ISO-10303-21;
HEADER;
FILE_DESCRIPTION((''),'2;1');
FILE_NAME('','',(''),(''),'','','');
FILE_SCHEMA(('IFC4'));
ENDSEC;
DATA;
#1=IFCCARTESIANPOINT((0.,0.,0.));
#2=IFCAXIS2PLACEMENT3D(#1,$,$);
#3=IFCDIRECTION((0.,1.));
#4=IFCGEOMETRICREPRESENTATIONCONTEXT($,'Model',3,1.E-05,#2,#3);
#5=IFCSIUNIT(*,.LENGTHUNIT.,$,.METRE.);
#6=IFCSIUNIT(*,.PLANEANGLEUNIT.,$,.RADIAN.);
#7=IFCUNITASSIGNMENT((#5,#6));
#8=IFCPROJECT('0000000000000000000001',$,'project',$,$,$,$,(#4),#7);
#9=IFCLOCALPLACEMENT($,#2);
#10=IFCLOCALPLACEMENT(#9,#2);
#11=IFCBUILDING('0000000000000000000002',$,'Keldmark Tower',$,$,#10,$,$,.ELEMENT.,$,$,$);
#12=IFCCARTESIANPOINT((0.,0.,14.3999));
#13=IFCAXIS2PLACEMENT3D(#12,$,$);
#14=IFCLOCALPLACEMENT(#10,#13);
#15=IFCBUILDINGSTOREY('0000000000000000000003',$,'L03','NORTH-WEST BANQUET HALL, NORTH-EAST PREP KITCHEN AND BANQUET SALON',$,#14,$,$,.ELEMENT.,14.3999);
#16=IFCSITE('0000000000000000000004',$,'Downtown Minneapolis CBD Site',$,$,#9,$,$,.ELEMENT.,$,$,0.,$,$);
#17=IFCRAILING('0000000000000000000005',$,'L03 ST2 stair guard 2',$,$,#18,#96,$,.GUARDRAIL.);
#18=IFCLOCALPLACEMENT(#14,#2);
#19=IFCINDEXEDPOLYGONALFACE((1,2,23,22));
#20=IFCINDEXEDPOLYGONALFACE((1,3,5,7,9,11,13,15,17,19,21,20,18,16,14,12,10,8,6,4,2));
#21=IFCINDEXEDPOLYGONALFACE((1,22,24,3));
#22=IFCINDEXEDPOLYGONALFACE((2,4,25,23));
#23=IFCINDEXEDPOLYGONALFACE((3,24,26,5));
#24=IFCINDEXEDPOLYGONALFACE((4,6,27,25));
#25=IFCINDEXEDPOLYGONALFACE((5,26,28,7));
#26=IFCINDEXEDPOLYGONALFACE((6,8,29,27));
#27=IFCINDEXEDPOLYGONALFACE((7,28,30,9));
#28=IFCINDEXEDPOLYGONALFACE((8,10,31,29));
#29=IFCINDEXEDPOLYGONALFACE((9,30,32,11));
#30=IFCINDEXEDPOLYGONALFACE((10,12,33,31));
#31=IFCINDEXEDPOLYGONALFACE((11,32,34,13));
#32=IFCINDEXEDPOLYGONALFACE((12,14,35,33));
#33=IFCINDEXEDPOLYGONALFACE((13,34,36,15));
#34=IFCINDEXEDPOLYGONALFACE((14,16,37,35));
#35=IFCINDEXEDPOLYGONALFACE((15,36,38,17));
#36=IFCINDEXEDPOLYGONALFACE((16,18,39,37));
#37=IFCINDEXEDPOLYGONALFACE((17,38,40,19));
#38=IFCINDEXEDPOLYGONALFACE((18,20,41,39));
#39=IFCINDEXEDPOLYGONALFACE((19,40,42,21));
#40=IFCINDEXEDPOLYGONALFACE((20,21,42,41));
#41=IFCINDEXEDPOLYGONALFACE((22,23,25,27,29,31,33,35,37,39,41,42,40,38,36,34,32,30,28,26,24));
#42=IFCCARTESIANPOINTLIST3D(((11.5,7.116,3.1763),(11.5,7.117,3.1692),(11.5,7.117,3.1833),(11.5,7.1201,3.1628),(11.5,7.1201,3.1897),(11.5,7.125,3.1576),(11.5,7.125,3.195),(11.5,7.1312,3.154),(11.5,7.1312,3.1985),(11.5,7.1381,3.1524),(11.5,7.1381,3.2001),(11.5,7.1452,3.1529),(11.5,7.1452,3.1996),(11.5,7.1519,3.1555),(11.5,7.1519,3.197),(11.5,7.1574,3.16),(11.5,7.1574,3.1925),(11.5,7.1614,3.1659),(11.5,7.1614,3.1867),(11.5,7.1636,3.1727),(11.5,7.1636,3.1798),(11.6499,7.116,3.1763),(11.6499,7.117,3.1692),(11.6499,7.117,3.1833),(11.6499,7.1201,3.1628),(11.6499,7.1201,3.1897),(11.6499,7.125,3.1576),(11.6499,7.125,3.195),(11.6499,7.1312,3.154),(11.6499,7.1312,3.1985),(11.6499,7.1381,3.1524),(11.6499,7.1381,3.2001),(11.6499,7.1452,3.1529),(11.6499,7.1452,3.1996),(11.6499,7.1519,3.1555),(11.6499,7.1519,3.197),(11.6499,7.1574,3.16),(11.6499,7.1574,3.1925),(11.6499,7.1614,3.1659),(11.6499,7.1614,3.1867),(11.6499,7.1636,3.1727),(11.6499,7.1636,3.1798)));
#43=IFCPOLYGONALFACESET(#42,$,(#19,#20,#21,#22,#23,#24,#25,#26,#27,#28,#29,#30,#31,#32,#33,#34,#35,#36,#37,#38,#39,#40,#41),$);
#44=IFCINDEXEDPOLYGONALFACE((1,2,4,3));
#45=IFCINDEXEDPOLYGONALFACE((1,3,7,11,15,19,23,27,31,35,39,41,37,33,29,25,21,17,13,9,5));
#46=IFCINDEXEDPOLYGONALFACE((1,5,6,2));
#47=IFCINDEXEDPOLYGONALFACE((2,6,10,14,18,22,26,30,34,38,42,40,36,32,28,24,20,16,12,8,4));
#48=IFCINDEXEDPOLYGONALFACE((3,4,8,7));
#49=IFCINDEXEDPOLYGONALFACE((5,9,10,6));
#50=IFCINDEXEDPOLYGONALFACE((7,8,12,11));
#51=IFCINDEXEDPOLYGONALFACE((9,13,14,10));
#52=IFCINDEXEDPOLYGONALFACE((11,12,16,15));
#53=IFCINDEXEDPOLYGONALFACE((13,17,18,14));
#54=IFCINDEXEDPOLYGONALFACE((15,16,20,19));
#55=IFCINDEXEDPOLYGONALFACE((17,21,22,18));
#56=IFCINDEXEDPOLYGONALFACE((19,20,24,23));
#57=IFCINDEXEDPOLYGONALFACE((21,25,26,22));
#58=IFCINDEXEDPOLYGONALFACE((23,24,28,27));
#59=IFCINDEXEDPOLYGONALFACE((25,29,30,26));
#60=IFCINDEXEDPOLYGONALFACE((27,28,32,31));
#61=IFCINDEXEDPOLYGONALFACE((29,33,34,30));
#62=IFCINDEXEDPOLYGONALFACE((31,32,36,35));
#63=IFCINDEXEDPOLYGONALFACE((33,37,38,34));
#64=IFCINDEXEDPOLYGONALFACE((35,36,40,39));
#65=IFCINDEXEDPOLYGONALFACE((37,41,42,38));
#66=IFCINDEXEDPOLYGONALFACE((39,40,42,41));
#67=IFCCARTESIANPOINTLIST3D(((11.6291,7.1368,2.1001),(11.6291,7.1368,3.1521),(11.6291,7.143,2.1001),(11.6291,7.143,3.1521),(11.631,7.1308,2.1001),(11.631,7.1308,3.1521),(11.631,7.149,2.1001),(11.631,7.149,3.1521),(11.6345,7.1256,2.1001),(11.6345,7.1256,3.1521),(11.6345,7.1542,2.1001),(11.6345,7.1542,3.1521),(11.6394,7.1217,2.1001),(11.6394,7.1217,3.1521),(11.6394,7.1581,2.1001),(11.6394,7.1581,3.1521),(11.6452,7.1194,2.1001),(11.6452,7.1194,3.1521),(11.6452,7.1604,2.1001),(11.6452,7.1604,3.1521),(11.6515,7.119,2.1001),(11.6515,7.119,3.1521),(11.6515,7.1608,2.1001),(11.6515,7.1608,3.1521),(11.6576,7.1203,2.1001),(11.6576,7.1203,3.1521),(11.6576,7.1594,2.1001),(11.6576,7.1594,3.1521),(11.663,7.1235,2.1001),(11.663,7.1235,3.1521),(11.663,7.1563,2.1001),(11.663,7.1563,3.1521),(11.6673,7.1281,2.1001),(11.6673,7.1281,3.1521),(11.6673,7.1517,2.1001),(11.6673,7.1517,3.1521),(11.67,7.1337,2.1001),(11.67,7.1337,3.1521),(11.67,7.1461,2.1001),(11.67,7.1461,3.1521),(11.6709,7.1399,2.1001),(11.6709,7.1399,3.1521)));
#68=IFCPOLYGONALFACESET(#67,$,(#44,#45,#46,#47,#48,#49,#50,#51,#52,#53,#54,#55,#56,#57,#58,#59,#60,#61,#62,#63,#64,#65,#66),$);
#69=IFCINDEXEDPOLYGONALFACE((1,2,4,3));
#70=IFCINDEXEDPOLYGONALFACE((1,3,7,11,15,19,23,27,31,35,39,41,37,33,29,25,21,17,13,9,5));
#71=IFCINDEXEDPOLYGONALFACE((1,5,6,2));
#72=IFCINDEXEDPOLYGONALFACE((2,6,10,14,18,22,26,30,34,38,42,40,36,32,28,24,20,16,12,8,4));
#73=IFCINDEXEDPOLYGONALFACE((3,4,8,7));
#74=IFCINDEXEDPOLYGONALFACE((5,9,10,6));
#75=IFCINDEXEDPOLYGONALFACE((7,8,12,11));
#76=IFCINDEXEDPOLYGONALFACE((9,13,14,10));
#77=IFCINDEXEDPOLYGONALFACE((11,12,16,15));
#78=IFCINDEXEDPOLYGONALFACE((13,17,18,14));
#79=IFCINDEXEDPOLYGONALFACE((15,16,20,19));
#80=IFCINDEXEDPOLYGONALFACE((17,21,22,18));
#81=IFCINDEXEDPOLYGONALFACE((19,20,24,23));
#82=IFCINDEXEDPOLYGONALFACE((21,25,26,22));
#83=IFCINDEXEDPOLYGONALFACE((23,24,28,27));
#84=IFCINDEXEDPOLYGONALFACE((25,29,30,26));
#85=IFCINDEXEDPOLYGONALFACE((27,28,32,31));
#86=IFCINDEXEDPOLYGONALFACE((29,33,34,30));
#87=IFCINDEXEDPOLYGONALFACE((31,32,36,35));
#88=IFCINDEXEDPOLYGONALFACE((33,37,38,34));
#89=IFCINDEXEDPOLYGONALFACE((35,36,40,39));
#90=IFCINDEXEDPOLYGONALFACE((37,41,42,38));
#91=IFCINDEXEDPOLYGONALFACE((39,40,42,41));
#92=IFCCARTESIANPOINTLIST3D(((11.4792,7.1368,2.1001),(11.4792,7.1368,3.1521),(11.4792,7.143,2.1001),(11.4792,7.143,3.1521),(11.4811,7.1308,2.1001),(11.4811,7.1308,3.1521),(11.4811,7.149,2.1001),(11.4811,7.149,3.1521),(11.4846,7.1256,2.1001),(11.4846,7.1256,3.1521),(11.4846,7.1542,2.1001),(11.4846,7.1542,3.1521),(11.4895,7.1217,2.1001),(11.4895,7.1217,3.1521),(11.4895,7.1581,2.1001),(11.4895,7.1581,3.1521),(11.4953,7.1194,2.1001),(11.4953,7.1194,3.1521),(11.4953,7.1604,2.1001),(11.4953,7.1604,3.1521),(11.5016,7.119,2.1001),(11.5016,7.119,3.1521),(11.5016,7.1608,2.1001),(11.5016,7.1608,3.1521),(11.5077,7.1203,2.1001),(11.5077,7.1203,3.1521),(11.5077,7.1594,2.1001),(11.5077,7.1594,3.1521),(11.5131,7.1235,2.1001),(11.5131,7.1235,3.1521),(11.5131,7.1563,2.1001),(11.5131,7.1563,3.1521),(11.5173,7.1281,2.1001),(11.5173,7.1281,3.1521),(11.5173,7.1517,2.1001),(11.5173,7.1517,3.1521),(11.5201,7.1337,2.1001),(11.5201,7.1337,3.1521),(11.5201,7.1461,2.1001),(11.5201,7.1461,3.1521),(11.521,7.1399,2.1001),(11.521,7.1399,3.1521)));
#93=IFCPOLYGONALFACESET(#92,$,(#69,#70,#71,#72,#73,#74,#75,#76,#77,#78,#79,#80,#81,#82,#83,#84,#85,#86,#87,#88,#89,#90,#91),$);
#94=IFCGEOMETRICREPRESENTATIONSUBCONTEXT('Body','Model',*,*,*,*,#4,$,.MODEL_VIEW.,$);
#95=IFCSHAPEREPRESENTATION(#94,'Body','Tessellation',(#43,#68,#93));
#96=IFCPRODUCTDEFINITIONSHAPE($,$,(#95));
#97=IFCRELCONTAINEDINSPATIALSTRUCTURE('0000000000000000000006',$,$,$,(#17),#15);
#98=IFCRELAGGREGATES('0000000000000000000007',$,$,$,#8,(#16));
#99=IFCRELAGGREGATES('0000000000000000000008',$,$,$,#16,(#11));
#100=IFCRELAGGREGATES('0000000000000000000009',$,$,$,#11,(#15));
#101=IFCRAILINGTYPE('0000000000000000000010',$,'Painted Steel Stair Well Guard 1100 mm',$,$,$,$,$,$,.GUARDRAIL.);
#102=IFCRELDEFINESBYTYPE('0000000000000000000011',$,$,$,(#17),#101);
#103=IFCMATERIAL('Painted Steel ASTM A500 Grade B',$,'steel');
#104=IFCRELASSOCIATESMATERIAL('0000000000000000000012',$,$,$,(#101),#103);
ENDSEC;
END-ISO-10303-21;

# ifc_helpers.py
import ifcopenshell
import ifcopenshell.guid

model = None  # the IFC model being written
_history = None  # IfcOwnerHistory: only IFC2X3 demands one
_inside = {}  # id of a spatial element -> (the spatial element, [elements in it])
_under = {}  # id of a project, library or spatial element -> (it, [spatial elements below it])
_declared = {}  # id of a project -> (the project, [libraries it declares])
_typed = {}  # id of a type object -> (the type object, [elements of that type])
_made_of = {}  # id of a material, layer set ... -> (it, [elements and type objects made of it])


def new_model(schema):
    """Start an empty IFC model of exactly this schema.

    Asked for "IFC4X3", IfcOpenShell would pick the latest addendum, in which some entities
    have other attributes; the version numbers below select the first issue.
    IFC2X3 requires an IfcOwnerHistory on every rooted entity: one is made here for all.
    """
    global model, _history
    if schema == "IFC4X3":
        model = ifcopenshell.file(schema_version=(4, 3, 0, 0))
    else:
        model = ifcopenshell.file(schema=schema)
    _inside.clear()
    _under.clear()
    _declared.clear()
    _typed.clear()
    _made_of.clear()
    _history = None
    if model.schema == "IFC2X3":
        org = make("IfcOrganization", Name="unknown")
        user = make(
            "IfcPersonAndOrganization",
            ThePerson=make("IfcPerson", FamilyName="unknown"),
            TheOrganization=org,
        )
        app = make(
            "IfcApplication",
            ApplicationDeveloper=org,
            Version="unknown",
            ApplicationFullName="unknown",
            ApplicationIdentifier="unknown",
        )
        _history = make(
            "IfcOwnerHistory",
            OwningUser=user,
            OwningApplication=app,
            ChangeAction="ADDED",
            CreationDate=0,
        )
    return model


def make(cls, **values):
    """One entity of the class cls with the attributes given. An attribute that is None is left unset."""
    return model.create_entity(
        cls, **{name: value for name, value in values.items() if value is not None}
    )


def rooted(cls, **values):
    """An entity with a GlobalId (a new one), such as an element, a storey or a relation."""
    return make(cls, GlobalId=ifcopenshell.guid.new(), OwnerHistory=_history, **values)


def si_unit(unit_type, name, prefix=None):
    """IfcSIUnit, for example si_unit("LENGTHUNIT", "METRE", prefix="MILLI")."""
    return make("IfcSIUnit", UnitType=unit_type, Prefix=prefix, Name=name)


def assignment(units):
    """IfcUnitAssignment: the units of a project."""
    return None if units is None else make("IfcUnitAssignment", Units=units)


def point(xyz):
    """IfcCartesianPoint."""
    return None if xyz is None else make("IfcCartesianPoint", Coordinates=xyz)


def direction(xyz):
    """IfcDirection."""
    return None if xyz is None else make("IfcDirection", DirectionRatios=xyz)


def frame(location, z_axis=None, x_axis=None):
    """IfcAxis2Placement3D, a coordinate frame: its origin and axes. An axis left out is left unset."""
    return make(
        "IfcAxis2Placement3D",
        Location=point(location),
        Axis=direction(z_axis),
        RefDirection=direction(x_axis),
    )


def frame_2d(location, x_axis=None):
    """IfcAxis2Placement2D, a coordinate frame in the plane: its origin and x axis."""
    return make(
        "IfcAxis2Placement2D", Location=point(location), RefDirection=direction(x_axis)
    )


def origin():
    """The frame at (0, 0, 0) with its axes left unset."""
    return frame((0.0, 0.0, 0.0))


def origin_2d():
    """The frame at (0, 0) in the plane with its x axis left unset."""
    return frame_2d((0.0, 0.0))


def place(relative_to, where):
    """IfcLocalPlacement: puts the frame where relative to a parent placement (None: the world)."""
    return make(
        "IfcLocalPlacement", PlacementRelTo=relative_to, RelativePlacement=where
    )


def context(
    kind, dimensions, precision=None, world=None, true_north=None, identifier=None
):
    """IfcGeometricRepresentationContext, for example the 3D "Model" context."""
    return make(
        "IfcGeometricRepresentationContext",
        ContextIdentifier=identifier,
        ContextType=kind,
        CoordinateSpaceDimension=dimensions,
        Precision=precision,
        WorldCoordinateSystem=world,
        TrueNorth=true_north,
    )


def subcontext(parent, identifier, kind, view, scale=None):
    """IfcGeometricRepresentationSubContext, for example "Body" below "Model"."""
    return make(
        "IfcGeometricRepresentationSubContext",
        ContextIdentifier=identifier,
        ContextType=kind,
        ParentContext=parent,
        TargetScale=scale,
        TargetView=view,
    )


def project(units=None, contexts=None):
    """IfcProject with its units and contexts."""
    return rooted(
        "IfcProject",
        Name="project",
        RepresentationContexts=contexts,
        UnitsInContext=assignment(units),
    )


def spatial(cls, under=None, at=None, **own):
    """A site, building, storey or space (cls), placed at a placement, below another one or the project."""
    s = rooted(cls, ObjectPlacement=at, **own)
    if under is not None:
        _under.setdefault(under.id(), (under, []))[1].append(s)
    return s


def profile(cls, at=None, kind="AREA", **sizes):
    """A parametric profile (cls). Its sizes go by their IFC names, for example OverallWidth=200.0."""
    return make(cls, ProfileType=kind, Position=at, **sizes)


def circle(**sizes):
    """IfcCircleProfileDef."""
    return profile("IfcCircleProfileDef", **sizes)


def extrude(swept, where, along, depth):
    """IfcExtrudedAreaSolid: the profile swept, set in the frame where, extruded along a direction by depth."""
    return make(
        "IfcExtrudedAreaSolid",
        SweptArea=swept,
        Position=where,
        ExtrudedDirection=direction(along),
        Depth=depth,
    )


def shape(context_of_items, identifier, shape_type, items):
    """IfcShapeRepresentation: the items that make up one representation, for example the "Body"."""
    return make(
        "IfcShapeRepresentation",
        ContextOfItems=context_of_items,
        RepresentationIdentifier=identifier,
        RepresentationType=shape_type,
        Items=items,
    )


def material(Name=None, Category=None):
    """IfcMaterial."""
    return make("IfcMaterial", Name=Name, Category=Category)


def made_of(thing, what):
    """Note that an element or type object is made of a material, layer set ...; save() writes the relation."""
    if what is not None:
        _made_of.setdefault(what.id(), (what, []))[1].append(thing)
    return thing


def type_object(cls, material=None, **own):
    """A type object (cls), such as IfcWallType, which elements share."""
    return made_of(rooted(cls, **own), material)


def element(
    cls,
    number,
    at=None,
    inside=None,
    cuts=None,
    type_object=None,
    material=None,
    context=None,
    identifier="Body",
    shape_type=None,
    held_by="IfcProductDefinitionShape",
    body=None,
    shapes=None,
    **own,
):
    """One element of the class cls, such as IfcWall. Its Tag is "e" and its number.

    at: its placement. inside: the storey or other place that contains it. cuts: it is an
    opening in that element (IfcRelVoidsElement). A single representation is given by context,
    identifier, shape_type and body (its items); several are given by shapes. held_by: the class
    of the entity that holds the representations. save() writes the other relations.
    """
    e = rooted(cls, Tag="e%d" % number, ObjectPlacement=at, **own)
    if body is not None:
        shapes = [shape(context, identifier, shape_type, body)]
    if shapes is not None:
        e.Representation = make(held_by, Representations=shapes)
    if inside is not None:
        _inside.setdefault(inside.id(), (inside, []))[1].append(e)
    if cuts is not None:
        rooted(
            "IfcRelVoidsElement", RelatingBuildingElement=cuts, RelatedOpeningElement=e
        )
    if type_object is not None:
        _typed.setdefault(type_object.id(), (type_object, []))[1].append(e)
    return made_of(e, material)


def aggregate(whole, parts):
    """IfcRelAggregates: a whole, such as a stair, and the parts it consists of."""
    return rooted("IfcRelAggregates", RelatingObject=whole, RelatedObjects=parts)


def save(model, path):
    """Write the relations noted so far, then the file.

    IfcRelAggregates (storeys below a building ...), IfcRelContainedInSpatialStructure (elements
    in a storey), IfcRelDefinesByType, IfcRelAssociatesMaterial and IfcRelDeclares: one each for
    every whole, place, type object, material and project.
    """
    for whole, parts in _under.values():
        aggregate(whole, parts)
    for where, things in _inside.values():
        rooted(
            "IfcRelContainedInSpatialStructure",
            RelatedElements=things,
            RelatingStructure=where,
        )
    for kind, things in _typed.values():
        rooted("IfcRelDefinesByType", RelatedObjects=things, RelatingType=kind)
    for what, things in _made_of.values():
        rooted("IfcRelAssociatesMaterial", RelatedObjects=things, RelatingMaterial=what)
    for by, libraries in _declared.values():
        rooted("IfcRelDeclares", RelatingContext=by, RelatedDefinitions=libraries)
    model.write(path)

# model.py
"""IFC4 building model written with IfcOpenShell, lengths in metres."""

from ifc_helpers import new_model, si_unit, direction, frame, origin, origin_2d, place, context, subcontext, project, spatial, circle, extrude, material, type_object, element, save


model = new_model("IFC4")

# Units and contexts
model_context = context("Model", 3, precision=1e-05, world=origin(), true_north=direction((0.0, 1.0)))
body_context = subcontext(model_context, "Body", "Model", "MODEL_VIEW")
ifc_project = project(units=[si_unit("LENGTHUNIT", "METRE"), si_unit("PLANEANGLEUNIT", "RADIAN")], contexts=[model_context])

# Site, building, storey
site_placement = place(None, origin())
site = spatial("IfcSite", under=ifc_project, at=site_placement, Name="Downtown Minneapolis CBD Site", CompositionType="ELEMENT", RefElevation=0.0)
building_placement = place(site_placement, origin())
building = spatial("IfcBuilding", under=site, at=building_placement, Name="Keldmark Tower", CompositionType="ELEMENT")
storey_placement = place(building_placement, frame((0.0, 0.0, 14.3999)))
storey = spatial("IfcBuildingStorey", under=building, at=storey_placement, Name="L03", Description="NORTH-WEST BANQUET HALL, NORTH-EAST PREP KITCHEN AND BANQUET SALON", CompositionType="ELEMENT", Elevation=14.3999)

# Railing
ifc_material_1 = material(Name="Painted Steel ASTM A500 Grade B", Category="steel")
railing_type_1 = type_object("IfcRailingType", Name="Painted Steel Stair Well Guard 1100 mm", PredefinedType="GUARDRAIL", material=ifc_material_1)
railing_1_placement = place(storey_placement, frame((11.6499, 7.1399, 2.1001)))
element("IfcRailing", 1, at=railing_1_placement, inside=storey, type_object=railing_type_1, Name="L03 ST2 stair guard 2", PredefinedType="GUARDRAIL", context=body_context, shape_type="SweptSolid", body=[
    extrude(circle(Radius=0.0239, at=origin_2d()), frame((0.0, 0.0, 1.0762), z_axis=(-1.0, 0.0, 0.0), x_axis=(0.0, -1.0, 0.0)), (0.0, 0.0, 1.0), 0.1499),
    extrude(circle(Radius=0.021, at=origin_2d()), origin(), (0.0, 0.0, 1.0), 1.052),
    extrude(circle(Radius=0.021, at=origin_2d()), frame((-0.1499, 0.0, 0.0)), (0.0, 0.0, 1.0), 1.052),
])

save(model, "model.ifc")
